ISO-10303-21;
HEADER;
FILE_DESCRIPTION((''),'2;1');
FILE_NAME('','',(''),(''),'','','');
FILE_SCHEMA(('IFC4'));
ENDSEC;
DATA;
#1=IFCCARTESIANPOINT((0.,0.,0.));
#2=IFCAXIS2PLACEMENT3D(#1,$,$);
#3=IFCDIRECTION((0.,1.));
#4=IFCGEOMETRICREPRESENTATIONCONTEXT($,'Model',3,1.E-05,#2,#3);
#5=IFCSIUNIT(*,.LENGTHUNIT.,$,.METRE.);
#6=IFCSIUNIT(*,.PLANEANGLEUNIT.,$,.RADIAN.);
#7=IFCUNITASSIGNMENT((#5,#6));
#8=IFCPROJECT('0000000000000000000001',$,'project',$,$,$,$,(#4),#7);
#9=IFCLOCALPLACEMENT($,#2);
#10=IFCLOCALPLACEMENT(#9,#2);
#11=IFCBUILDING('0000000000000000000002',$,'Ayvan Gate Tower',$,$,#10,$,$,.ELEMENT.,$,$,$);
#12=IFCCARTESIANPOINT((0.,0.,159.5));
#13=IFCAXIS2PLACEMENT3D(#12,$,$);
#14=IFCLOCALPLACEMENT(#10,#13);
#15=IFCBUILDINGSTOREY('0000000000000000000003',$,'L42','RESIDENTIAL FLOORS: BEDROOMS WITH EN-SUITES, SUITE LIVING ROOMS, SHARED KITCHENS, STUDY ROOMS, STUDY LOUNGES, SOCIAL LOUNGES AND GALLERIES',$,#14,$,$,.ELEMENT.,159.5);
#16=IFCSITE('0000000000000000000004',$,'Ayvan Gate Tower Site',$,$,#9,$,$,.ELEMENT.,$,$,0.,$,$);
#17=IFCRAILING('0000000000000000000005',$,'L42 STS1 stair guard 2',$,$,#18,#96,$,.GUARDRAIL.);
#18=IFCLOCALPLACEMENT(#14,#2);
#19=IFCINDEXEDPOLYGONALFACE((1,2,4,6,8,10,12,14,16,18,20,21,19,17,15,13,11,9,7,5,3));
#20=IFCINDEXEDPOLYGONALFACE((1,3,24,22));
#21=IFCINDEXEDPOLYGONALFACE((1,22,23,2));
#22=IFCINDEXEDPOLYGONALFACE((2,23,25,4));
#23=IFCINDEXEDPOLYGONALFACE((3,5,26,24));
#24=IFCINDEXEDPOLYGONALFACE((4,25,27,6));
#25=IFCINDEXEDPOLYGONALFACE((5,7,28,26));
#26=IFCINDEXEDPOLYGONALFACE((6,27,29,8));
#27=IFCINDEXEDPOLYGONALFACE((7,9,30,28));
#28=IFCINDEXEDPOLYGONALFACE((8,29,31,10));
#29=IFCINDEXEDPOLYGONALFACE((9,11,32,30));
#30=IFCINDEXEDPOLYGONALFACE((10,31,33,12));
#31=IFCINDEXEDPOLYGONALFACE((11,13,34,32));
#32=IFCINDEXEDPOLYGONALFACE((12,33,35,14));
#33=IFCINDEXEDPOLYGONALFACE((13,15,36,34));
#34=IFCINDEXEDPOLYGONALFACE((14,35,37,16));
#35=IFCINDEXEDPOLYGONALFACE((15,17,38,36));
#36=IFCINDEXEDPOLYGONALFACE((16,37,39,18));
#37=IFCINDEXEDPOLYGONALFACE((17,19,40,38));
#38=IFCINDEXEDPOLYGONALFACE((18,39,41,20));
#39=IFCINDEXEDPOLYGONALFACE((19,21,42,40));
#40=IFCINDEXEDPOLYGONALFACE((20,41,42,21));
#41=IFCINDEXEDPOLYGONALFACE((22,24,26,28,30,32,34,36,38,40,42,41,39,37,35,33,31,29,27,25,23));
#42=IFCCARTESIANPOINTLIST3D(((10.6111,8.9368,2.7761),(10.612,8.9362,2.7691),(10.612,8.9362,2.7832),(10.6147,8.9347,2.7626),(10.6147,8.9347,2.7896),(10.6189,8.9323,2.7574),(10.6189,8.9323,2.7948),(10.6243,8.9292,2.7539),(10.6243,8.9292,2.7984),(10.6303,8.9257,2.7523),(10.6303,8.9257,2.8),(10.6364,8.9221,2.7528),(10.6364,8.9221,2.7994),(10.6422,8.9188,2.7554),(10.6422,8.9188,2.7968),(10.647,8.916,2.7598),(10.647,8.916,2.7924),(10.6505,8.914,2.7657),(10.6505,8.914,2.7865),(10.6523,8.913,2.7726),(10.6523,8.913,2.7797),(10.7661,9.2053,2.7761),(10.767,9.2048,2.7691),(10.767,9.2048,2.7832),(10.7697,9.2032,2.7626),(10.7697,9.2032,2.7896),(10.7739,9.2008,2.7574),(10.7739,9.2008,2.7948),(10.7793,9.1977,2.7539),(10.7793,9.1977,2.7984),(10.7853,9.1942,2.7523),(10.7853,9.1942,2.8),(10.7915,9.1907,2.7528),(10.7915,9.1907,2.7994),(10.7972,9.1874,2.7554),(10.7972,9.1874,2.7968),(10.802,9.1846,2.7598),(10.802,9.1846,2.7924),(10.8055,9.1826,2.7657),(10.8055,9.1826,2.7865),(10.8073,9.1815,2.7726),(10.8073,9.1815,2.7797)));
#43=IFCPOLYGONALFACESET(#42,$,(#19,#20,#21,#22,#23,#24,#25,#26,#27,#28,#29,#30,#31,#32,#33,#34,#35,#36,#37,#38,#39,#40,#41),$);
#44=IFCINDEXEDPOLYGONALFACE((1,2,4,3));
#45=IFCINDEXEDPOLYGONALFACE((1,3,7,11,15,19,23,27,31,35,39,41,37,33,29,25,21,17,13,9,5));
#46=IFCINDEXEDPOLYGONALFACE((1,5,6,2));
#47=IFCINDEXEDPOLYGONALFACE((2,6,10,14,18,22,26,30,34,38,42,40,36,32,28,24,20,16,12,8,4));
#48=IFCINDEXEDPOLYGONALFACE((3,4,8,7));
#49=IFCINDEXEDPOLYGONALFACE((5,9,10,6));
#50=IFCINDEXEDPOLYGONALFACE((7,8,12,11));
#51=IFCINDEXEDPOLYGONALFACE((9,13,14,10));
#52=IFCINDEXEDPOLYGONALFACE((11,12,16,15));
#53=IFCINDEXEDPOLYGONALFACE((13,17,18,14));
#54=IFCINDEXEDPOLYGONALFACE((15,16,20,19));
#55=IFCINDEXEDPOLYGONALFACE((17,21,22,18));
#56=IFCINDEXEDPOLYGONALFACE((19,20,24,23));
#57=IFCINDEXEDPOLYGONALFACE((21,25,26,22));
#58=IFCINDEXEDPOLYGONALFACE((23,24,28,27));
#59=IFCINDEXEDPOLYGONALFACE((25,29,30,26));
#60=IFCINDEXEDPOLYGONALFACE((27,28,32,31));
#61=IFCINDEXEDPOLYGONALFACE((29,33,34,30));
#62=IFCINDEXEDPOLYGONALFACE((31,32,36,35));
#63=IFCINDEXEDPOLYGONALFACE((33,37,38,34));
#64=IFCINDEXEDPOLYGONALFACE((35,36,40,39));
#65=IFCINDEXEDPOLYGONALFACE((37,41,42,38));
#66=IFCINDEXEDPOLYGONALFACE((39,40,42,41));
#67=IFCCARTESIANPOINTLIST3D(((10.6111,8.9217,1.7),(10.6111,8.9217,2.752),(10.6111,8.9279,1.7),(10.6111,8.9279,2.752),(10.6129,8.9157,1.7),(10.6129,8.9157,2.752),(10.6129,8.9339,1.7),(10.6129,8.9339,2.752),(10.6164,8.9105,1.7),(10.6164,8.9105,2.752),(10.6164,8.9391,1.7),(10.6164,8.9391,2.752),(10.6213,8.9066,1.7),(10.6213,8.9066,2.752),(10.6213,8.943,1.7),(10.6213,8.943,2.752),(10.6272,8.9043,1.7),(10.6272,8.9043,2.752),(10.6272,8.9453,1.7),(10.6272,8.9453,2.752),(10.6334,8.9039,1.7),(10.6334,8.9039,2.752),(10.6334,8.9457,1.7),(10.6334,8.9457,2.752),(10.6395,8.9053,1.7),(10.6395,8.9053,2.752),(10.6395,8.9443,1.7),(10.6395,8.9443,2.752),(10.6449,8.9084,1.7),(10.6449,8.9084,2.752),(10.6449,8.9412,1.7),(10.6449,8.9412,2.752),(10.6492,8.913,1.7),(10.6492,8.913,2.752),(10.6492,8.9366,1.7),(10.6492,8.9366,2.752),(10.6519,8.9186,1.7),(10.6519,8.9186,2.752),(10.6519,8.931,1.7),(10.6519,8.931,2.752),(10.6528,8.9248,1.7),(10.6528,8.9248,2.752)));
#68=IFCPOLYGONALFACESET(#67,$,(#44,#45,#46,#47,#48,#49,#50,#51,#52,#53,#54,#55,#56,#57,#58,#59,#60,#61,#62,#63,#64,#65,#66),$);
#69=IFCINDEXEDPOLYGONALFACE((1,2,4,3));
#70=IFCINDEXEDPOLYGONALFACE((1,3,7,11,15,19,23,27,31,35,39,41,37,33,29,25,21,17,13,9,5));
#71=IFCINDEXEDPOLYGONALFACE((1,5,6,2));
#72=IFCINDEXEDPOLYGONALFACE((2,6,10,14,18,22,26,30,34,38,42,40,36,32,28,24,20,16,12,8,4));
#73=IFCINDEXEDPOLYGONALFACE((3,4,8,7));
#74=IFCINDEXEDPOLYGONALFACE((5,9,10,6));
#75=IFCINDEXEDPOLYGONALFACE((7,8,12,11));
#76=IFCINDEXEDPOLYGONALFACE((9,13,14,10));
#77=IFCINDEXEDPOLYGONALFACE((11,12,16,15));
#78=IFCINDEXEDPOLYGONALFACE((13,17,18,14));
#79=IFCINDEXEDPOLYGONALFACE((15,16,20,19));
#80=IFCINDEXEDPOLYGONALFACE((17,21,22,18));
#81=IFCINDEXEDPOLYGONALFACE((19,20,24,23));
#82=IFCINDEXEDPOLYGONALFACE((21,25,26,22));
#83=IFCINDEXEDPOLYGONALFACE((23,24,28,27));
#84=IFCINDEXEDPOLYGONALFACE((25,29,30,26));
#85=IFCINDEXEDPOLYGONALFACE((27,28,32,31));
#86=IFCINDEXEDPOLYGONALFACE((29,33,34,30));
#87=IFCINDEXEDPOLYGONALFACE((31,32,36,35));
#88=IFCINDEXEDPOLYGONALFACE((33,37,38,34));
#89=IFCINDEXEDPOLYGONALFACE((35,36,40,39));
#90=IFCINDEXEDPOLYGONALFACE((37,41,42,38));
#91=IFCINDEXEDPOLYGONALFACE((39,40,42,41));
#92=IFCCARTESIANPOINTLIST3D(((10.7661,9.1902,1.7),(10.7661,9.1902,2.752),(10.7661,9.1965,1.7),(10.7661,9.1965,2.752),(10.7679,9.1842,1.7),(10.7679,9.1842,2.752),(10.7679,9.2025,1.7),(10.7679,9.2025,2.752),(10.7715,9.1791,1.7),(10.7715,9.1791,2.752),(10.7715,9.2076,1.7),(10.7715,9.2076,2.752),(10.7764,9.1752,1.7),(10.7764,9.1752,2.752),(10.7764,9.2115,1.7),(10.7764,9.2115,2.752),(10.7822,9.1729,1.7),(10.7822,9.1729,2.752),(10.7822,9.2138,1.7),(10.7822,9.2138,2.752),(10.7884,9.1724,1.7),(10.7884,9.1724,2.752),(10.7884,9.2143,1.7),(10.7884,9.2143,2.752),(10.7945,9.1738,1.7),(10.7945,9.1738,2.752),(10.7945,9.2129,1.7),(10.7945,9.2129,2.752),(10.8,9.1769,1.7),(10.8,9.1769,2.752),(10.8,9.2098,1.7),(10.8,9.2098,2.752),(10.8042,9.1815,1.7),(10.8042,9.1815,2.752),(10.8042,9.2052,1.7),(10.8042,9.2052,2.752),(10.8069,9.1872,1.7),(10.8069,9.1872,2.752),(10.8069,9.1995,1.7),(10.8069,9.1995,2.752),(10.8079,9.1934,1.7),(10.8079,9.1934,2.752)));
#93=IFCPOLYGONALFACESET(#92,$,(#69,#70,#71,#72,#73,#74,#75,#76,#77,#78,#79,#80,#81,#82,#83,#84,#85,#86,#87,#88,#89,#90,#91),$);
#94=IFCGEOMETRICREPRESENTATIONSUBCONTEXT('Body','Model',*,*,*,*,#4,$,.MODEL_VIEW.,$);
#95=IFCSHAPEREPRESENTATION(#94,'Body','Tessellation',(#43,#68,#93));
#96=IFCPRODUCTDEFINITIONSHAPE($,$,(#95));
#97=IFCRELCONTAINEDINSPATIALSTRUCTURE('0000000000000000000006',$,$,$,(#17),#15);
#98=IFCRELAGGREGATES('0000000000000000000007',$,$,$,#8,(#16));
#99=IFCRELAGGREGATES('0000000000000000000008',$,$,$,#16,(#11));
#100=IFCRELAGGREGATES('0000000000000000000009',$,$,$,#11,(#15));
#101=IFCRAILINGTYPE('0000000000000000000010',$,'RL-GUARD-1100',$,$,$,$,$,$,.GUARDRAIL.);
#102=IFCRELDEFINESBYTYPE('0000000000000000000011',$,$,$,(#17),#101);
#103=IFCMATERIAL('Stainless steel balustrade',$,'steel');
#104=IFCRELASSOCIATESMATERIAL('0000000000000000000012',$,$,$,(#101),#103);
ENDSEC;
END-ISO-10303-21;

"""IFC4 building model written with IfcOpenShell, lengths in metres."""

from ifc_helpers import new_model, si_unit, direction, frame, origin, origin_2d, place, context, subcontext, project, spatial, circle, extrude, material, type_object, element, save


model = new_model("IFC4")

# Units and contexts
model_context = context("Model", 3, precision=1e-05, world=origin(), true_north=direction((0.0, 1.0)))
body_context = subcontext(model_context, "Body", "Model", "MODEL_VIEW")
ifc_project = project(units=[si_unit("LENGTHUNIT", "METRE"), si_unit("PLANEANGLEUNIT", "RADIAN")], contexts=[model_context])

# Site, building, storey
site_placement = place(None, origin())
site = spatial("IfcSite", under=ifc_project, at=site_placement, Name="Ayvan Gate Tower Site", CompositionType="ELEMENT", RefElevation=0.0)
building_placement = place(site_placement, origin())
building = spatial("IfcBuilding", under=site, at=building_placement, Name="Ayvan Gate Tower", CompositionType="ELEMENT")
storey_placement = place(building_placement, frame((0.0, 0.0, 159.5)))
storey = spatial("IfcBuildingStorey", under=building, at=storey_placement, Name="L42", Description="RESIDENTIAL FLOORS: BEDROOMS WITH EN-SUITES, SUITE LIVING ROOMS, SHARED KITCHENS, STUDY ROOMS, STUDY LOUNGES, SOCIAL LOUNGES AND GALLERIES", CompositionType="ELEMENT", Elevation=159.5)

# Railing
ifc_material_1 = material(Name="Stainless steel balustrade", Category="steel")
railing_type_1 = type_object("IfcRailingType", Name="RL-GUARD-1100", PredefinedType="GUARDRAIL", material=ifc_material_1)
railing_1_placement = place(storey_placement, frame((10.6318, 8.9248, 1.7)))
element("IfcRailing", 1, at=railing_1_placement, inside=storey, type_object=railing_type_1, Name="L42 STS1 stair guard 2", PredefinedType="GUARDRAIL", context=body_context, shape_type="SweptSolid", body=[
    extrude(circle(Radius=0.0239, at=origin_2d()), frame((0.0, 0.0, 1.0762), z_axis=(0.49995, 0.866054, 0.0), x_axis=(-0.866054, 0.49995, 0.0)), (0.0, 0.0, 1.0), 0.3101),
    extrude(circle(Radius=0.021, at=origin_2d()), origin(), (0.0, 0.0, 1.0), 1.052),
    extrude(circle(Radius=0.021, at=origin_2d()), frame((0.155, 0.2686, 0.0)), (0.0, 0.0, 1.0), 1.052),
])

save(model, "model.ifc")
